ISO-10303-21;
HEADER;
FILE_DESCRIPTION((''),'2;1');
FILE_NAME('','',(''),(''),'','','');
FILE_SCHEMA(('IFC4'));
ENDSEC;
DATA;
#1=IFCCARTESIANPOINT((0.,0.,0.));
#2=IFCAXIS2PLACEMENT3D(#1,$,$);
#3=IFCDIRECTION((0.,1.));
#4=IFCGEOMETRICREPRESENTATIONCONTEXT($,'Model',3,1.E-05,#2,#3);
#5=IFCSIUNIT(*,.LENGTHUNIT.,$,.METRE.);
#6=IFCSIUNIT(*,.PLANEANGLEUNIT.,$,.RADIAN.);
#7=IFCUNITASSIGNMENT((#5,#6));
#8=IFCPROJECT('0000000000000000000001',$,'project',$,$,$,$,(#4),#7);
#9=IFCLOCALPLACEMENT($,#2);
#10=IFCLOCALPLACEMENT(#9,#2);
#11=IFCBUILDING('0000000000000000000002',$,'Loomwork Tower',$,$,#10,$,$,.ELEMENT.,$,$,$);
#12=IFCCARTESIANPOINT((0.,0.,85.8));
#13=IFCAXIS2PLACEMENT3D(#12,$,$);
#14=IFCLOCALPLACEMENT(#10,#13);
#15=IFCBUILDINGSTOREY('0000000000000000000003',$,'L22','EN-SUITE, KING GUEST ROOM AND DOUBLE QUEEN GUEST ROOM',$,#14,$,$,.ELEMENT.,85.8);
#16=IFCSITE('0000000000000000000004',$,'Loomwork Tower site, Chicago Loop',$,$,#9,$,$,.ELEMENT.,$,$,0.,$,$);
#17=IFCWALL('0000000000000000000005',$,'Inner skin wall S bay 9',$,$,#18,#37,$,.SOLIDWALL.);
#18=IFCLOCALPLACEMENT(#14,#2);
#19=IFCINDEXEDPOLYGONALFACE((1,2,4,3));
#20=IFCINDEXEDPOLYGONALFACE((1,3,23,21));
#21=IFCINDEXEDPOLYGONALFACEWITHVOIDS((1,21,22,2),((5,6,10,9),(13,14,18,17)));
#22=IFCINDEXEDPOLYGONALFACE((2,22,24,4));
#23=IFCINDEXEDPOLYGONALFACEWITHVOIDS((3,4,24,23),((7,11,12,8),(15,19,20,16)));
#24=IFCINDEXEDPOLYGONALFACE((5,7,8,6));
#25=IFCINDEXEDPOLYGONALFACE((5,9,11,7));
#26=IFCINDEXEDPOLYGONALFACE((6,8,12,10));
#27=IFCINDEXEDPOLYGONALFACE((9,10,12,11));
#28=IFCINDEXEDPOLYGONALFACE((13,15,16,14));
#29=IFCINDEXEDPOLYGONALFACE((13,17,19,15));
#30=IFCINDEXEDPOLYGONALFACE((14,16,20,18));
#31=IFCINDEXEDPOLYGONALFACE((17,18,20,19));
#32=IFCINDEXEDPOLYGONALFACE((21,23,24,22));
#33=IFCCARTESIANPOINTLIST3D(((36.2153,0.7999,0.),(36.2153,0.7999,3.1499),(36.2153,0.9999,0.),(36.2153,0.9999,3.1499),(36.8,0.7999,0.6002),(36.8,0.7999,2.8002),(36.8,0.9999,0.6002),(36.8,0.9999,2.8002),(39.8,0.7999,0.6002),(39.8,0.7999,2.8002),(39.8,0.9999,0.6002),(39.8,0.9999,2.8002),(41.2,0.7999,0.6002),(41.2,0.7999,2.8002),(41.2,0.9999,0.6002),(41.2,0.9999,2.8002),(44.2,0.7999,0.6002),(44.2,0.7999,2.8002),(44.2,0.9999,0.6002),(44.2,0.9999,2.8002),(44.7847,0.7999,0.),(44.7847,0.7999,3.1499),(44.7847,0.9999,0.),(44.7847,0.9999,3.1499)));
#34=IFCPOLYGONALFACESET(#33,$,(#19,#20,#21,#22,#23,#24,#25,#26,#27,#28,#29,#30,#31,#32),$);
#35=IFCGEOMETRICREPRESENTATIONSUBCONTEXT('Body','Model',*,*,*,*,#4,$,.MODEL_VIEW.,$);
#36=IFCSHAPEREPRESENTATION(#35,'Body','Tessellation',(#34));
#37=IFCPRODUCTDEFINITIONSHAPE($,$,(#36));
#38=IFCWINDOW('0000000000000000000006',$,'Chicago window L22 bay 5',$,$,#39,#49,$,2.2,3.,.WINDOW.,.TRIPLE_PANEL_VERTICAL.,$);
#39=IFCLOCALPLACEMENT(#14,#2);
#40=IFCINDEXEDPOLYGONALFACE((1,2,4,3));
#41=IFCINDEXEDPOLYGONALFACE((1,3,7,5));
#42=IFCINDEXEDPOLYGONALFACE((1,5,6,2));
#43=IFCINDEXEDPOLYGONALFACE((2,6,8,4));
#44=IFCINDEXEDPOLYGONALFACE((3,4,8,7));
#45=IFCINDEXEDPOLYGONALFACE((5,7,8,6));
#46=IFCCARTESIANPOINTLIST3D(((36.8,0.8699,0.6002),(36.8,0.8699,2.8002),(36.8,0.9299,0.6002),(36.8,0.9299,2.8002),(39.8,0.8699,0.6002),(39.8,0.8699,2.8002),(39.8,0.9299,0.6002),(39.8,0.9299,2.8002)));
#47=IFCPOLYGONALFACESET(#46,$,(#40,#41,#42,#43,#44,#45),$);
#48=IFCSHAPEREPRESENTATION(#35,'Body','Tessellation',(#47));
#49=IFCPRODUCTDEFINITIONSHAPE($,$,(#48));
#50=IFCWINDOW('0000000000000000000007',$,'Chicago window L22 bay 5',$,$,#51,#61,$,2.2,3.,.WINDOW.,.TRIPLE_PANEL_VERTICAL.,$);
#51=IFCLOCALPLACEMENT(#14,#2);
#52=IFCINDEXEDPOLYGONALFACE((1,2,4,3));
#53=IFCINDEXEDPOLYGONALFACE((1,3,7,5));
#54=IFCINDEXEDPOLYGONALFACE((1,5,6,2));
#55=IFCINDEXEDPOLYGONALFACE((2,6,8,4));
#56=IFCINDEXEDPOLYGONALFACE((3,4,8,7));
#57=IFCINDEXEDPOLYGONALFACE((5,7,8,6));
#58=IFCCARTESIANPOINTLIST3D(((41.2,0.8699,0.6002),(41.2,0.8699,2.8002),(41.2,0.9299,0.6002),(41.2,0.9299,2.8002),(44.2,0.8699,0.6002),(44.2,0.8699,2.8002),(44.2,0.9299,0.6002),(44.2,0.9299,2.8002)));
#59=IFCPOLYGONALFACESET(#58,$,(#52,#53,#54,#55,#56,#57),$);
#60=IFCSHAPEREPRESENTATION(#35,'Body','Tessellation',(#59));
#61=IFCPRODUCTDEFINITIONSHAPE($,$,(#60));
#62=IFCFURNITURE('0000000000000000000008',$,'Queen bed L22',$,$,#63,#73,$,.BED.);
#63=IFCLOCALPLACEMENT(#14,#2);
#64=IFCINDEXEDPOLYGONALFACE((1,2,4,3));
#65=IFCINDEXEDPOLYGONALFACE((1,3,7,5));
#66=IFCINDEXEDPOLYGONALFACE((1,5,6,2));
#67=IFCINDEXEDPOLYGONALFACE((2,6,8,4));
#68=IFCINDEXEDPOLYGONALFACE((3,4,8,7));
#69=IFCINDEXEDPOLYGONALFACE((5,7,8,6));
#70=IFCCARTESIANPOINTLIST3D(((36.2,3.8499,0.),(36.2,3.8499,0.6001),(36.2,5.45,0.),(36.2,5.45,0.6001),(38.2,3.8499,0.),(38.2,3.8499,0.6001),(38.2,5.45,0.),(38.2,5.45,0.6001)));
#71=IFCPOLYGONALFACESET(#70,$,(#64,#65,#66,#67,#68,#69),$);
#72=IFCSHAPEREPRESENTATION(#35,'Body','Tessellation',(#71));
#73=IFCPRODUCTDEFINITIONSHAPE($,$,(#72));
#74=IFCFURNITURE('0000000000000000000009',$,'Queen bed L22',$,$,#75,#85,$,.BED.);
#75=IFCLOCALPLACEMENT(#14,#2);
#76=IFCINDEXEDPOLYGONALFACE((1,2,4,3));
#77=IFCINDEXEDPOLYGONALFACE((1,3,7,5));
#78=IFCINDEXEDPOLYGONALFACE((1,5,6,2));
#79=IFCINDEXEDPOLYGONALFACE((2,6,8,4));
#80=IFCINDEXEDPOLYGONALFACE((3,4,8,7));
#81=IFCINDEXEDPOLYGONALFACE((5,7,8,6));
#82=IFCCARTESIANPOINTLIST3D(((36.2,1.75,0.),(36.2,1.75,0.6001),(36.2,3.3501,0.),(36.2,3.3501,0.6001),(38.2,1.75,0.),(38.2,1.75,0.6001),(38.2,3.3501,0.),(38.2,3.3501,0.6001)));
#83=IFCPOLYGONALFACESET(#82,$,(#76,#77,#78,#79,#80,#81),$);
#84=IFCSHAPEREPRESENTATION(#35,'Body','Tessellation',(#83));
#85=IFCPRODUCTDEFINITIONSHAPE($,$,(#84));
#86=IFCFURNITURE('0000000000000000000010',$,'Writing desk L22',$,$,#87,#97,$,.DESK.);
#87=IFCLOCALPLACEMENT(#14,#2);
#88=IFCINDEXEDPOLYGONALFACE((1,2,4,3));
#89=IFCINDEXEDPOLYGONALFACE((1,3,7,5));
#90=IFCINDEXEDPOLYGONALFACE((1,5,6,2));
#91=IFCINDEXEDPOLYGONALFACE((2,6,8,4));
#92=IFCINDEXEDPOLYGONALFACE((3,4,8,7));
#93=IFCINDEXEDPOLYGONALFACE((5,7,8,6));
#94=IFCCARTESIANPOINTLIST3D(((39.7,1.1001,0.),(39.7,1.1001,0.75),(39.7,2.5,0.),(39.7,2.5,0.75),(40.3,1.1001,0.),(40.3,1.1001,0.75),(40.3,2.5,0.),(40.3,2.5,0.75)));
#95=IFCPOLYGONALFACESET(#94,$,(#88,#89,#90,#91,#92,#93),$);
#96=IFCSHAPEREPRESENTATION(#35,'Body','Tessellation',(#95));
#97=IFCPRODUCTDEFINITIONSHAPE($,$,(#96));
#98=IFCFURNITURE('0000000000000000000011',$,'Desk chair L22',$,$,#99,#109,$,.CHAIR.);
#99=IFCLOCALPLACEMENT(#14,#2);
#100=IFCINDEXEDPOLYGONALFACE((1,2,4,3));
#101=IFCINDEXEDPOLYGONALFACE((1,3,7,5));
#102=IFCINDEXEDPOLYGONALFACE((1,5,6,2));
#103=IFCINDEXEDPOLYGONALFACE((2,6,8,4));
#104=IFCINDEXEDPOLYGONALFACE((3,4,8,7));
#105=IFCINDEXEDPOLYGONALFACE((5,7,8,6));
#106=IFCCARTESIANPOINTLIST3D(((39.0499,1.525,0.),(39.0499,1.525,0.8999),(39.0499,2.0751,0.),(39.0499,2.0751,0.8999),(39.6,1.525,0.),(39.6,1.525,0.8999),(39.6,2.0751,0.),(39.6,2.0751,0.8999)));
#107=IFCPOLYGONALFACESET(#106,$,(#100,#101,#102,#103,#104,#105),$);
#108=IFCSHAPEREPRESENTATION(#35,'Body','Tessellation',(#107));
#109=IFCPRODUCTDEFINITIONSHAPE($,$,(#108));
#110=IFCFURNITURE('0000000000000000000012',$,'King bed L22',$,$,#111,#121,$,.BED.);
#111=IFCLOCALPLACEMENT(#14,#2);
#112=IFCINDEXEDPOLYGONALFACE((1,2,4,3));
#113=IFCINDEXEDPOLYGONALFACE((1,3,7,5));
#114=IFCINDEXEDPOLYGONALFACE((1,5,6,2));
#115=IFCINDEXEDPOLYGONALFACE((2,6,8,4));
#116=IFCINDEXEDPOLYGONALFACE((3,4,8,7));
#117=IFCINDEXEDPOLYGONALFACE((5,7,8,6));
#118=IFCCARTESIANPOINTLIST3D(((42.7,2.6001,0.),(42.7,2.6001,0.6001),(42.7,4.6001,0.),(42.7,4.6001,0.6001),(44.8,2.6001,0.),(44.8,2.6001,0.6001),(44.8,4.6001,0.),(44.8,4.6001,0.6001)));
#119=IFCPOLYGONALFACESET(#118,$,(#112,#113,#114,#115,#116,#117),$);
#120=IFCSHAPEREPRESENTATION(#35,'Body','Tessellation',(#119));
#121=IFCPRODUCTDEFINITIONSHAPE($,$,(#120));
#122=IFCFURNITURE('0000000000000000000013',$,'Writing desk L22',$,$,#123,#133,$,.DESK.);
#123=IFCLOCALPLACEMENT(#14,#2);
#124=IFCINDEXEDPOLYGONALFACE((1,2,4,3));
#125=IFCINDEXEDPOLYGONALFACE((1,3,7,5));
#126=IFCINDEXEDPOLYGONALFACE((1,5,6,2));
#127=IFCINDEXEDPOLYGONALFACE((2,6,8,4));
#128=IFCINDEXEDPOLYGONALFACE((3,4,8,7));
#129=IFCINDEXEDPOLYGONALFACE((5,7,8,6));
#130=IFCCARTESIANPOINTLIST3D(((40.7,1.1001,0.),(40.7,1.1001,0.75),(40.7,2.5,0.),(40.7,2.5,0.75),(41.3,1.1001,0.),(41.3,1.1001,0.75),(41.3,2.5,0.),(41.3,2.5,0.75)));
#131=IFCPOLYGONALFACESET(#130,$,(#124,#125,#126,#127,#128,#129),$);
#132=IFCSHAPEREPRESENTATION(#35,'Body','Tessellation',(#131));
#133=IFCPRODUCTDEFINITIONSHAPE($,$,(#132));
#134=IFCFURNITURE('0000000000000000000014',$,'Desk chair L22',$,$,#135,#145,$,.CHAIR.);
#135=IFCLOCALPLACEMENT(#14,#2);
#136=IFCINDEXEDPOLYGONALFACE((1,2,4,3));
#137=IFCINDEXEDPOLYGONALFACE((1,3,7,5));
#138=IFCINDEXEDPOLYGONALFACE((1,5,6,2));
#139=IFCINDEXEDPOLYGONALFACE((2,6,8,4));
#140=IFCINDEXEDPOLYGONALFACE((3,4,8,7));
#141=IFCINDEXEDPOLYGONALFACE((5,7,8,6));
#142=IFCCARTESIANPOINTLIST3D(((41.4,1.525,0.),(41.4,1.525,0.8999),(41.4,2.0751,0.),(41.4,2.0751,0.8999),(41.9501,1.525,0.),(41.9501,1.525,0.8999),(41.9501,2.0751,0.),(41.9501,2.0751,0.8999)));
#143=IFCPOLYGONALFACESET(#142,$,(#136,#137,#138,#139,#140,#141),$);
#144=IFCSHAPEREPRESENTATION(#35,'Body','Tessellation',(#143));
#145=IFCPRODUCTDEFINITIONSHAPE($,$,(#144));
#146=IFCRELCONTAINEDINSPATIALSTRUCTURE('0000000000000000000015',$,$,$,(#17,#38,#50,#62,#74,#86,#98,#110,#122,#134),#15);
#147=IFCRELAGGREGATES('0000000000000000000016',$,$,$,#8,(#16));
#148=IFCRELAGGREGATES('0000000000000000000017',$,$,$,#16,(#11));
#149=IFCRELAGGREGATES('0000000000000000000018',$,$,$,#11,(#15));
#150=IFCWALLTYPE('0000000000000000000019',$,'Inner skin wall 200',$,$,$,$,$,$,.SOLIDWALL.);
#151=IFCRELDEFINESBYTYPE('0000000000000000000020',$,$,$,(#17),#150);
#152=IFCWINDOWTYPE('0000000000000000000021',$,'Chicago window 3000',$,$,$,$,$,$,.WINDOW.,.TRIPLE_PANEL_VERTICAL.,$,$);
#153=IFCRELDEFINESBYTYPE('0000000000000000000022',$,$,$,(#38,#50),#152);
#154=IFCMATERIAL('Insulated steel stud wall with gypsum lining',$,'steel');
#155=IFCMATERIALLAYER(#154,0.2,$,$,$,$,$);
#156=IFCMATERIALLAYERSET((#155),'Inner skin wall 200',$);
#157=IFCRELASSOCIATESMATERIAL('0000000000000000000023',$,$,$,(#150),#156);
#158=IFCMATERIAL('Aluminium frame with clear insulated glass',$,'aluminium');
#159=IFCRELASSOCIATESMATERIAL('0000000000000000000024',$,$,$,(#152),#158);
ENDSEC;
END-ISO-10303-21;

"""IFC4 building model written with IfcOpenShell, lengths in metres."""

from ifc_helpers import new_model, si_unit, direction, frame, frame_2d, origin, origin_2d, place, context, subcontext, project, spatial, rectangle, extrude, material, layer, layer_set, type_object, element, fill, save


model = new_model("IFC4")

# Units and contexts
model_context = context("Model", 3, precision=1e-05, world=origin(), true_north=direction((0.0, 1.0)))
body_context = subcontext(model_context, "Body", "Model", "MODEL_VIEW")
ifc_project = project(units=[si_unit("LENGTHUNIT", "METRE"), si_unit("PLANEANGLEUNIT", "RADIAN")], contexts=[model_context])

# Site, building, storey
site_placement = place(None, origin())
site = spatial("IfcSite", under=ifc_project, at=site_placement, Name="Loomwork Tower site, Chicago Loop", CompositionType="ELEMENT", RefElevation=0.0)
building_placement = place(site_placement, origin())
building = spatial("IfcBuilding", under=site, at=building_placement, Name="Loomwork Tower", CompositionType="ELEMENT")
storey_placement = place(building_placement, frame((0.0, 0.0, 85.8)))
storey = spatial("IfcBuildingStorey", under=building, at=storey_placement, Name="L22", Description="EN-SUITE, KING GUEST ROOM AND DOUBLE QUEEN GUEST ROOM", CompositionType="ELEMENT", Elevation=85.8)

# Wall, openings, windows
ifc_material_1 = material(Name="Insulated steel stud wall with gypsum lining", Category="steel")
ifc_layer_1 = layer(ifc_material_1, 0.2)
ifc_layer_set_1 = layer_set([ifc_layer_1], Name="Inner skin wall 200")
wall_type_1 = type_object("IfcWallType", Name="Inner skin wall 200", PredefinedType="SOLIDWALL", material=ifc_layer_set_1)
wall_placement = place(storey_placement, frame((36.2153, 0.8999, 0.0), z_axis=(0.0, 0.0, 1.0), x_axis=(1.0, 0.0, 0.0)))
wall = element("IfcWall", 1, at=wall_placement, inside=storey, type_object=wall_type_1, Name="Inner skin wall S bay 9", PredefinedType="SOLIDWALL", context=body_context, shape_type="SweptSolid", body=[
    extrude(rectangle(XDim=8.5693, YDim=0.2, at=frame_2d((4.2847, 0.0))), origin(), (0.0, 0.0, 1.0), 3.1499),
])
opening_1_placement = place(wall_placement, frame((0.5847, 0.0, 0.6001)))
opening_1 = element("IfcOpeningElement", 2, at=opening_1_placement, cuts=wall, PredefinedType="OPENING", context=body_context, shape_type="SweptSolid", body=[
    extrude(rectangle(XDim=3.0, YDim=2.2, at=frame_2d((1.5, 1.1001))), frame((0.0, 0.1099, 0.0), z_axis=(0.0, -1.0, 0.0), x_axis=(1.0, 0.0, 0.0)), (0.0, 0.0, 1.0), 0.22),
])
opening_2_placement = place(wall_placement, frame((4.9846, 0.0, 0.6001)))
opening_2 = element("IfcOpeningElement", 3, at=opening_2_placement, cuts=wall, PredefinedType="OPENING", context=body_context, shape_type="SweptSolid", body=[
    extrude(rectangle(XDim=3.0, YDim=2.2, at=frame_2d((1.5, 1.1001))), frame((0.0, 0.1099, 0.0), z_axis=(0.0, -1.0, 0.0), x_axis=(1.0, 0.0, 0.0)), (0.0, 0.0, 1.0), 0.22),
])
ifc_material_2 = material(Name="Aluminium frame with clear insulated glass", Category="aluminium")
window_type = type_object("IfcWindowType", Name="Chicago window 3000", PartitioningType="TRIPLE_PANEL_VERTICAL", PredefinedType="WINDOW", material=ifc_material_2)
window_1_placement = place(opening_1_placement, origin())
window_1 = element("IfcWindow", 4, at=window_1_placement, inside=storey, type_object=window_type, Name="Chicago window L22 bay 5", OverallHeight=2.2, OverallWidth=3.0, PartitioningType="TRIPLE_PANEL_VERTICAL", PredefinedType="WINDOW", context=body_context, shape_type="SweptSolid", body=[
    extrude(rectangle(XDim=3.0, YDim=2.2, at=frame_2d((1.5, 1.1001))), frame((0.0, 0.03, 0.0), z_axis=(0.0, -1.0, 0.0), x_axis=(1.0, 0.0, 0.0)), (0.0, 0.0, 1.0), 0.0601),
])
fill(opening_1, window_1)
window_2_placement = place(opening_2_placement, origin())
window_2 = element("IfcWindow", 5, at=window_2_placement, inside=storey, type_object=window_type, Name="Chicago window L22 bay 5", OverallHeight=2.2, OverallWidth=3.0, PartitioningType="TRIPLE_PANEL_VERTICAL", PredefinedType="WINDOW", context=body_context, shape_type="SweptSolid", body=[
    extrude(rectangle(XDim=3.0, YDim=2.2, at=frame_2d((1.5, 1.1001))), frame((0.0, 0.03, 0.0), z_axis=(0.0, -1.0, 0.0), x_axis=(1.0, 0.0, 0.0)), (0.0, 0.0, 1.0), 0.0601),
])
fill(opening_2, window_2)

# Furniture
for number, where, z_axis, x_axis, name in (
    (6, (37.2, 4.6499, 0.0), (0.0, 0.0, 1.0), (1.0, 0.0, 0.0), "Queen bed L22"),
    (7, (37.2, 2.55, 0.0), (0.0, 0.0, 1.0), (1.0, 0.0, 0.0), "Queen bed L22"),
):
    element("IfcFurniture", number, at=place(storey_placement, frame(where, z_axis=z_axis, x_axis=x_axis)), inside=storey, Name=name, PredefinedType="BED", context=body_context, shape_type="SweptSolid", body=[
        extrude(rectangle(XDim=2.0, YDim=1.6001, at=origin_2d()), origin(), (0.0, 0.0, 1.0), 0.6001),
    ])
furniture_1_placement = place(storey_placement, frame((40.0, 1.8, 0.0), z_axis=(0.0, 0.0, 1.0), x_axis=(1.0, 0.0, 0.0)))
element("IfcFurniture", 8, at=furniture_1_placement, inside=storey, Name="Writing desk L22", PredefinedType="DESK", context=body_context, shape_type="SweptSolid", body=[
    extrude(rectangle(XDim=0.6001, YDim=1.3999, at=origin_2d()), origin(), (0.0, 0.0, 1.0), 0.75),
])
furniture_2_placement = place(storey_placement, frame((39.325, 1.8, 0.0), z_axis=(0.0, 0.0, 1.0), x_axis=(1.0, 0.0, 0.0)))
element("IfcFurniture", 9, at=furniture_2_placement, inside=storey, Name="Desk chair L22", PredefinedType="CHAIR", context=body_context, shape_type="SweptSolid", body=[
    extrude(rectangle(XDim=0.55, YDim=0.55, at=origin_2d()), origin(), (0.0, 0.0, 1.0), 0.8999),
])
furniture_3_placement = place(storey_placement, frame((43.75, 3.6001, 0.0), z_axis=(0.0, 0.0, 1.0), x_axis=(1.0, 0.0, 0.0)))
element("IfcFurniture", 10, at=furniture_3_placement, inside=storey, Name="King bed L22", PredefinedType="BED", context=body_context, shape_type="SweptSolid", body=[
    extrude(rectangle(XDim=2.1001, YDim=2.0, at=origin_2d()), origin(), (0.0, 0.0, 1.0), 0.6001),
])
furniture_4_placement = place(storey_placement, frame((41.0, 1.8, 0.0), z_axis=(0.0, 0.0, 1.0), x_axis=(1.0, 0.0, 0.0)))
element("IfcFurniture", 11, at=furniture_4_placement, inside=storey, Name="Writing desk L22", PredefinedType="DESK", context=body_context, shape_type="SweptSolid", body=[
    extrude(rectangle(XDim=0.6001, YDim=1.3999, at=origin_2d()), origin(), (0.0, 0.0, 1.0), 0.75),
])
furniture_5_placement = place(storey_placement, frame((41.675, 1.8, 0.0), z_axis=(0.0, 0.0, 1.0), x_axis=(1.0, 0.0, 0.0)))
element("IfcFurniture", 12, at=furniture_5_placement, inside=storey, Name="Desk chair L22", PredefinedType="CHAIR", context=body_context, shape_type="SweptSolid", body=[
    extrude(rectangle(XDim=0.55, YDim=0.55, at=origin_2d()), origin(), (0.0, 0.0, 1.0), 0.8999),
])

save(model, "model.ifc")
